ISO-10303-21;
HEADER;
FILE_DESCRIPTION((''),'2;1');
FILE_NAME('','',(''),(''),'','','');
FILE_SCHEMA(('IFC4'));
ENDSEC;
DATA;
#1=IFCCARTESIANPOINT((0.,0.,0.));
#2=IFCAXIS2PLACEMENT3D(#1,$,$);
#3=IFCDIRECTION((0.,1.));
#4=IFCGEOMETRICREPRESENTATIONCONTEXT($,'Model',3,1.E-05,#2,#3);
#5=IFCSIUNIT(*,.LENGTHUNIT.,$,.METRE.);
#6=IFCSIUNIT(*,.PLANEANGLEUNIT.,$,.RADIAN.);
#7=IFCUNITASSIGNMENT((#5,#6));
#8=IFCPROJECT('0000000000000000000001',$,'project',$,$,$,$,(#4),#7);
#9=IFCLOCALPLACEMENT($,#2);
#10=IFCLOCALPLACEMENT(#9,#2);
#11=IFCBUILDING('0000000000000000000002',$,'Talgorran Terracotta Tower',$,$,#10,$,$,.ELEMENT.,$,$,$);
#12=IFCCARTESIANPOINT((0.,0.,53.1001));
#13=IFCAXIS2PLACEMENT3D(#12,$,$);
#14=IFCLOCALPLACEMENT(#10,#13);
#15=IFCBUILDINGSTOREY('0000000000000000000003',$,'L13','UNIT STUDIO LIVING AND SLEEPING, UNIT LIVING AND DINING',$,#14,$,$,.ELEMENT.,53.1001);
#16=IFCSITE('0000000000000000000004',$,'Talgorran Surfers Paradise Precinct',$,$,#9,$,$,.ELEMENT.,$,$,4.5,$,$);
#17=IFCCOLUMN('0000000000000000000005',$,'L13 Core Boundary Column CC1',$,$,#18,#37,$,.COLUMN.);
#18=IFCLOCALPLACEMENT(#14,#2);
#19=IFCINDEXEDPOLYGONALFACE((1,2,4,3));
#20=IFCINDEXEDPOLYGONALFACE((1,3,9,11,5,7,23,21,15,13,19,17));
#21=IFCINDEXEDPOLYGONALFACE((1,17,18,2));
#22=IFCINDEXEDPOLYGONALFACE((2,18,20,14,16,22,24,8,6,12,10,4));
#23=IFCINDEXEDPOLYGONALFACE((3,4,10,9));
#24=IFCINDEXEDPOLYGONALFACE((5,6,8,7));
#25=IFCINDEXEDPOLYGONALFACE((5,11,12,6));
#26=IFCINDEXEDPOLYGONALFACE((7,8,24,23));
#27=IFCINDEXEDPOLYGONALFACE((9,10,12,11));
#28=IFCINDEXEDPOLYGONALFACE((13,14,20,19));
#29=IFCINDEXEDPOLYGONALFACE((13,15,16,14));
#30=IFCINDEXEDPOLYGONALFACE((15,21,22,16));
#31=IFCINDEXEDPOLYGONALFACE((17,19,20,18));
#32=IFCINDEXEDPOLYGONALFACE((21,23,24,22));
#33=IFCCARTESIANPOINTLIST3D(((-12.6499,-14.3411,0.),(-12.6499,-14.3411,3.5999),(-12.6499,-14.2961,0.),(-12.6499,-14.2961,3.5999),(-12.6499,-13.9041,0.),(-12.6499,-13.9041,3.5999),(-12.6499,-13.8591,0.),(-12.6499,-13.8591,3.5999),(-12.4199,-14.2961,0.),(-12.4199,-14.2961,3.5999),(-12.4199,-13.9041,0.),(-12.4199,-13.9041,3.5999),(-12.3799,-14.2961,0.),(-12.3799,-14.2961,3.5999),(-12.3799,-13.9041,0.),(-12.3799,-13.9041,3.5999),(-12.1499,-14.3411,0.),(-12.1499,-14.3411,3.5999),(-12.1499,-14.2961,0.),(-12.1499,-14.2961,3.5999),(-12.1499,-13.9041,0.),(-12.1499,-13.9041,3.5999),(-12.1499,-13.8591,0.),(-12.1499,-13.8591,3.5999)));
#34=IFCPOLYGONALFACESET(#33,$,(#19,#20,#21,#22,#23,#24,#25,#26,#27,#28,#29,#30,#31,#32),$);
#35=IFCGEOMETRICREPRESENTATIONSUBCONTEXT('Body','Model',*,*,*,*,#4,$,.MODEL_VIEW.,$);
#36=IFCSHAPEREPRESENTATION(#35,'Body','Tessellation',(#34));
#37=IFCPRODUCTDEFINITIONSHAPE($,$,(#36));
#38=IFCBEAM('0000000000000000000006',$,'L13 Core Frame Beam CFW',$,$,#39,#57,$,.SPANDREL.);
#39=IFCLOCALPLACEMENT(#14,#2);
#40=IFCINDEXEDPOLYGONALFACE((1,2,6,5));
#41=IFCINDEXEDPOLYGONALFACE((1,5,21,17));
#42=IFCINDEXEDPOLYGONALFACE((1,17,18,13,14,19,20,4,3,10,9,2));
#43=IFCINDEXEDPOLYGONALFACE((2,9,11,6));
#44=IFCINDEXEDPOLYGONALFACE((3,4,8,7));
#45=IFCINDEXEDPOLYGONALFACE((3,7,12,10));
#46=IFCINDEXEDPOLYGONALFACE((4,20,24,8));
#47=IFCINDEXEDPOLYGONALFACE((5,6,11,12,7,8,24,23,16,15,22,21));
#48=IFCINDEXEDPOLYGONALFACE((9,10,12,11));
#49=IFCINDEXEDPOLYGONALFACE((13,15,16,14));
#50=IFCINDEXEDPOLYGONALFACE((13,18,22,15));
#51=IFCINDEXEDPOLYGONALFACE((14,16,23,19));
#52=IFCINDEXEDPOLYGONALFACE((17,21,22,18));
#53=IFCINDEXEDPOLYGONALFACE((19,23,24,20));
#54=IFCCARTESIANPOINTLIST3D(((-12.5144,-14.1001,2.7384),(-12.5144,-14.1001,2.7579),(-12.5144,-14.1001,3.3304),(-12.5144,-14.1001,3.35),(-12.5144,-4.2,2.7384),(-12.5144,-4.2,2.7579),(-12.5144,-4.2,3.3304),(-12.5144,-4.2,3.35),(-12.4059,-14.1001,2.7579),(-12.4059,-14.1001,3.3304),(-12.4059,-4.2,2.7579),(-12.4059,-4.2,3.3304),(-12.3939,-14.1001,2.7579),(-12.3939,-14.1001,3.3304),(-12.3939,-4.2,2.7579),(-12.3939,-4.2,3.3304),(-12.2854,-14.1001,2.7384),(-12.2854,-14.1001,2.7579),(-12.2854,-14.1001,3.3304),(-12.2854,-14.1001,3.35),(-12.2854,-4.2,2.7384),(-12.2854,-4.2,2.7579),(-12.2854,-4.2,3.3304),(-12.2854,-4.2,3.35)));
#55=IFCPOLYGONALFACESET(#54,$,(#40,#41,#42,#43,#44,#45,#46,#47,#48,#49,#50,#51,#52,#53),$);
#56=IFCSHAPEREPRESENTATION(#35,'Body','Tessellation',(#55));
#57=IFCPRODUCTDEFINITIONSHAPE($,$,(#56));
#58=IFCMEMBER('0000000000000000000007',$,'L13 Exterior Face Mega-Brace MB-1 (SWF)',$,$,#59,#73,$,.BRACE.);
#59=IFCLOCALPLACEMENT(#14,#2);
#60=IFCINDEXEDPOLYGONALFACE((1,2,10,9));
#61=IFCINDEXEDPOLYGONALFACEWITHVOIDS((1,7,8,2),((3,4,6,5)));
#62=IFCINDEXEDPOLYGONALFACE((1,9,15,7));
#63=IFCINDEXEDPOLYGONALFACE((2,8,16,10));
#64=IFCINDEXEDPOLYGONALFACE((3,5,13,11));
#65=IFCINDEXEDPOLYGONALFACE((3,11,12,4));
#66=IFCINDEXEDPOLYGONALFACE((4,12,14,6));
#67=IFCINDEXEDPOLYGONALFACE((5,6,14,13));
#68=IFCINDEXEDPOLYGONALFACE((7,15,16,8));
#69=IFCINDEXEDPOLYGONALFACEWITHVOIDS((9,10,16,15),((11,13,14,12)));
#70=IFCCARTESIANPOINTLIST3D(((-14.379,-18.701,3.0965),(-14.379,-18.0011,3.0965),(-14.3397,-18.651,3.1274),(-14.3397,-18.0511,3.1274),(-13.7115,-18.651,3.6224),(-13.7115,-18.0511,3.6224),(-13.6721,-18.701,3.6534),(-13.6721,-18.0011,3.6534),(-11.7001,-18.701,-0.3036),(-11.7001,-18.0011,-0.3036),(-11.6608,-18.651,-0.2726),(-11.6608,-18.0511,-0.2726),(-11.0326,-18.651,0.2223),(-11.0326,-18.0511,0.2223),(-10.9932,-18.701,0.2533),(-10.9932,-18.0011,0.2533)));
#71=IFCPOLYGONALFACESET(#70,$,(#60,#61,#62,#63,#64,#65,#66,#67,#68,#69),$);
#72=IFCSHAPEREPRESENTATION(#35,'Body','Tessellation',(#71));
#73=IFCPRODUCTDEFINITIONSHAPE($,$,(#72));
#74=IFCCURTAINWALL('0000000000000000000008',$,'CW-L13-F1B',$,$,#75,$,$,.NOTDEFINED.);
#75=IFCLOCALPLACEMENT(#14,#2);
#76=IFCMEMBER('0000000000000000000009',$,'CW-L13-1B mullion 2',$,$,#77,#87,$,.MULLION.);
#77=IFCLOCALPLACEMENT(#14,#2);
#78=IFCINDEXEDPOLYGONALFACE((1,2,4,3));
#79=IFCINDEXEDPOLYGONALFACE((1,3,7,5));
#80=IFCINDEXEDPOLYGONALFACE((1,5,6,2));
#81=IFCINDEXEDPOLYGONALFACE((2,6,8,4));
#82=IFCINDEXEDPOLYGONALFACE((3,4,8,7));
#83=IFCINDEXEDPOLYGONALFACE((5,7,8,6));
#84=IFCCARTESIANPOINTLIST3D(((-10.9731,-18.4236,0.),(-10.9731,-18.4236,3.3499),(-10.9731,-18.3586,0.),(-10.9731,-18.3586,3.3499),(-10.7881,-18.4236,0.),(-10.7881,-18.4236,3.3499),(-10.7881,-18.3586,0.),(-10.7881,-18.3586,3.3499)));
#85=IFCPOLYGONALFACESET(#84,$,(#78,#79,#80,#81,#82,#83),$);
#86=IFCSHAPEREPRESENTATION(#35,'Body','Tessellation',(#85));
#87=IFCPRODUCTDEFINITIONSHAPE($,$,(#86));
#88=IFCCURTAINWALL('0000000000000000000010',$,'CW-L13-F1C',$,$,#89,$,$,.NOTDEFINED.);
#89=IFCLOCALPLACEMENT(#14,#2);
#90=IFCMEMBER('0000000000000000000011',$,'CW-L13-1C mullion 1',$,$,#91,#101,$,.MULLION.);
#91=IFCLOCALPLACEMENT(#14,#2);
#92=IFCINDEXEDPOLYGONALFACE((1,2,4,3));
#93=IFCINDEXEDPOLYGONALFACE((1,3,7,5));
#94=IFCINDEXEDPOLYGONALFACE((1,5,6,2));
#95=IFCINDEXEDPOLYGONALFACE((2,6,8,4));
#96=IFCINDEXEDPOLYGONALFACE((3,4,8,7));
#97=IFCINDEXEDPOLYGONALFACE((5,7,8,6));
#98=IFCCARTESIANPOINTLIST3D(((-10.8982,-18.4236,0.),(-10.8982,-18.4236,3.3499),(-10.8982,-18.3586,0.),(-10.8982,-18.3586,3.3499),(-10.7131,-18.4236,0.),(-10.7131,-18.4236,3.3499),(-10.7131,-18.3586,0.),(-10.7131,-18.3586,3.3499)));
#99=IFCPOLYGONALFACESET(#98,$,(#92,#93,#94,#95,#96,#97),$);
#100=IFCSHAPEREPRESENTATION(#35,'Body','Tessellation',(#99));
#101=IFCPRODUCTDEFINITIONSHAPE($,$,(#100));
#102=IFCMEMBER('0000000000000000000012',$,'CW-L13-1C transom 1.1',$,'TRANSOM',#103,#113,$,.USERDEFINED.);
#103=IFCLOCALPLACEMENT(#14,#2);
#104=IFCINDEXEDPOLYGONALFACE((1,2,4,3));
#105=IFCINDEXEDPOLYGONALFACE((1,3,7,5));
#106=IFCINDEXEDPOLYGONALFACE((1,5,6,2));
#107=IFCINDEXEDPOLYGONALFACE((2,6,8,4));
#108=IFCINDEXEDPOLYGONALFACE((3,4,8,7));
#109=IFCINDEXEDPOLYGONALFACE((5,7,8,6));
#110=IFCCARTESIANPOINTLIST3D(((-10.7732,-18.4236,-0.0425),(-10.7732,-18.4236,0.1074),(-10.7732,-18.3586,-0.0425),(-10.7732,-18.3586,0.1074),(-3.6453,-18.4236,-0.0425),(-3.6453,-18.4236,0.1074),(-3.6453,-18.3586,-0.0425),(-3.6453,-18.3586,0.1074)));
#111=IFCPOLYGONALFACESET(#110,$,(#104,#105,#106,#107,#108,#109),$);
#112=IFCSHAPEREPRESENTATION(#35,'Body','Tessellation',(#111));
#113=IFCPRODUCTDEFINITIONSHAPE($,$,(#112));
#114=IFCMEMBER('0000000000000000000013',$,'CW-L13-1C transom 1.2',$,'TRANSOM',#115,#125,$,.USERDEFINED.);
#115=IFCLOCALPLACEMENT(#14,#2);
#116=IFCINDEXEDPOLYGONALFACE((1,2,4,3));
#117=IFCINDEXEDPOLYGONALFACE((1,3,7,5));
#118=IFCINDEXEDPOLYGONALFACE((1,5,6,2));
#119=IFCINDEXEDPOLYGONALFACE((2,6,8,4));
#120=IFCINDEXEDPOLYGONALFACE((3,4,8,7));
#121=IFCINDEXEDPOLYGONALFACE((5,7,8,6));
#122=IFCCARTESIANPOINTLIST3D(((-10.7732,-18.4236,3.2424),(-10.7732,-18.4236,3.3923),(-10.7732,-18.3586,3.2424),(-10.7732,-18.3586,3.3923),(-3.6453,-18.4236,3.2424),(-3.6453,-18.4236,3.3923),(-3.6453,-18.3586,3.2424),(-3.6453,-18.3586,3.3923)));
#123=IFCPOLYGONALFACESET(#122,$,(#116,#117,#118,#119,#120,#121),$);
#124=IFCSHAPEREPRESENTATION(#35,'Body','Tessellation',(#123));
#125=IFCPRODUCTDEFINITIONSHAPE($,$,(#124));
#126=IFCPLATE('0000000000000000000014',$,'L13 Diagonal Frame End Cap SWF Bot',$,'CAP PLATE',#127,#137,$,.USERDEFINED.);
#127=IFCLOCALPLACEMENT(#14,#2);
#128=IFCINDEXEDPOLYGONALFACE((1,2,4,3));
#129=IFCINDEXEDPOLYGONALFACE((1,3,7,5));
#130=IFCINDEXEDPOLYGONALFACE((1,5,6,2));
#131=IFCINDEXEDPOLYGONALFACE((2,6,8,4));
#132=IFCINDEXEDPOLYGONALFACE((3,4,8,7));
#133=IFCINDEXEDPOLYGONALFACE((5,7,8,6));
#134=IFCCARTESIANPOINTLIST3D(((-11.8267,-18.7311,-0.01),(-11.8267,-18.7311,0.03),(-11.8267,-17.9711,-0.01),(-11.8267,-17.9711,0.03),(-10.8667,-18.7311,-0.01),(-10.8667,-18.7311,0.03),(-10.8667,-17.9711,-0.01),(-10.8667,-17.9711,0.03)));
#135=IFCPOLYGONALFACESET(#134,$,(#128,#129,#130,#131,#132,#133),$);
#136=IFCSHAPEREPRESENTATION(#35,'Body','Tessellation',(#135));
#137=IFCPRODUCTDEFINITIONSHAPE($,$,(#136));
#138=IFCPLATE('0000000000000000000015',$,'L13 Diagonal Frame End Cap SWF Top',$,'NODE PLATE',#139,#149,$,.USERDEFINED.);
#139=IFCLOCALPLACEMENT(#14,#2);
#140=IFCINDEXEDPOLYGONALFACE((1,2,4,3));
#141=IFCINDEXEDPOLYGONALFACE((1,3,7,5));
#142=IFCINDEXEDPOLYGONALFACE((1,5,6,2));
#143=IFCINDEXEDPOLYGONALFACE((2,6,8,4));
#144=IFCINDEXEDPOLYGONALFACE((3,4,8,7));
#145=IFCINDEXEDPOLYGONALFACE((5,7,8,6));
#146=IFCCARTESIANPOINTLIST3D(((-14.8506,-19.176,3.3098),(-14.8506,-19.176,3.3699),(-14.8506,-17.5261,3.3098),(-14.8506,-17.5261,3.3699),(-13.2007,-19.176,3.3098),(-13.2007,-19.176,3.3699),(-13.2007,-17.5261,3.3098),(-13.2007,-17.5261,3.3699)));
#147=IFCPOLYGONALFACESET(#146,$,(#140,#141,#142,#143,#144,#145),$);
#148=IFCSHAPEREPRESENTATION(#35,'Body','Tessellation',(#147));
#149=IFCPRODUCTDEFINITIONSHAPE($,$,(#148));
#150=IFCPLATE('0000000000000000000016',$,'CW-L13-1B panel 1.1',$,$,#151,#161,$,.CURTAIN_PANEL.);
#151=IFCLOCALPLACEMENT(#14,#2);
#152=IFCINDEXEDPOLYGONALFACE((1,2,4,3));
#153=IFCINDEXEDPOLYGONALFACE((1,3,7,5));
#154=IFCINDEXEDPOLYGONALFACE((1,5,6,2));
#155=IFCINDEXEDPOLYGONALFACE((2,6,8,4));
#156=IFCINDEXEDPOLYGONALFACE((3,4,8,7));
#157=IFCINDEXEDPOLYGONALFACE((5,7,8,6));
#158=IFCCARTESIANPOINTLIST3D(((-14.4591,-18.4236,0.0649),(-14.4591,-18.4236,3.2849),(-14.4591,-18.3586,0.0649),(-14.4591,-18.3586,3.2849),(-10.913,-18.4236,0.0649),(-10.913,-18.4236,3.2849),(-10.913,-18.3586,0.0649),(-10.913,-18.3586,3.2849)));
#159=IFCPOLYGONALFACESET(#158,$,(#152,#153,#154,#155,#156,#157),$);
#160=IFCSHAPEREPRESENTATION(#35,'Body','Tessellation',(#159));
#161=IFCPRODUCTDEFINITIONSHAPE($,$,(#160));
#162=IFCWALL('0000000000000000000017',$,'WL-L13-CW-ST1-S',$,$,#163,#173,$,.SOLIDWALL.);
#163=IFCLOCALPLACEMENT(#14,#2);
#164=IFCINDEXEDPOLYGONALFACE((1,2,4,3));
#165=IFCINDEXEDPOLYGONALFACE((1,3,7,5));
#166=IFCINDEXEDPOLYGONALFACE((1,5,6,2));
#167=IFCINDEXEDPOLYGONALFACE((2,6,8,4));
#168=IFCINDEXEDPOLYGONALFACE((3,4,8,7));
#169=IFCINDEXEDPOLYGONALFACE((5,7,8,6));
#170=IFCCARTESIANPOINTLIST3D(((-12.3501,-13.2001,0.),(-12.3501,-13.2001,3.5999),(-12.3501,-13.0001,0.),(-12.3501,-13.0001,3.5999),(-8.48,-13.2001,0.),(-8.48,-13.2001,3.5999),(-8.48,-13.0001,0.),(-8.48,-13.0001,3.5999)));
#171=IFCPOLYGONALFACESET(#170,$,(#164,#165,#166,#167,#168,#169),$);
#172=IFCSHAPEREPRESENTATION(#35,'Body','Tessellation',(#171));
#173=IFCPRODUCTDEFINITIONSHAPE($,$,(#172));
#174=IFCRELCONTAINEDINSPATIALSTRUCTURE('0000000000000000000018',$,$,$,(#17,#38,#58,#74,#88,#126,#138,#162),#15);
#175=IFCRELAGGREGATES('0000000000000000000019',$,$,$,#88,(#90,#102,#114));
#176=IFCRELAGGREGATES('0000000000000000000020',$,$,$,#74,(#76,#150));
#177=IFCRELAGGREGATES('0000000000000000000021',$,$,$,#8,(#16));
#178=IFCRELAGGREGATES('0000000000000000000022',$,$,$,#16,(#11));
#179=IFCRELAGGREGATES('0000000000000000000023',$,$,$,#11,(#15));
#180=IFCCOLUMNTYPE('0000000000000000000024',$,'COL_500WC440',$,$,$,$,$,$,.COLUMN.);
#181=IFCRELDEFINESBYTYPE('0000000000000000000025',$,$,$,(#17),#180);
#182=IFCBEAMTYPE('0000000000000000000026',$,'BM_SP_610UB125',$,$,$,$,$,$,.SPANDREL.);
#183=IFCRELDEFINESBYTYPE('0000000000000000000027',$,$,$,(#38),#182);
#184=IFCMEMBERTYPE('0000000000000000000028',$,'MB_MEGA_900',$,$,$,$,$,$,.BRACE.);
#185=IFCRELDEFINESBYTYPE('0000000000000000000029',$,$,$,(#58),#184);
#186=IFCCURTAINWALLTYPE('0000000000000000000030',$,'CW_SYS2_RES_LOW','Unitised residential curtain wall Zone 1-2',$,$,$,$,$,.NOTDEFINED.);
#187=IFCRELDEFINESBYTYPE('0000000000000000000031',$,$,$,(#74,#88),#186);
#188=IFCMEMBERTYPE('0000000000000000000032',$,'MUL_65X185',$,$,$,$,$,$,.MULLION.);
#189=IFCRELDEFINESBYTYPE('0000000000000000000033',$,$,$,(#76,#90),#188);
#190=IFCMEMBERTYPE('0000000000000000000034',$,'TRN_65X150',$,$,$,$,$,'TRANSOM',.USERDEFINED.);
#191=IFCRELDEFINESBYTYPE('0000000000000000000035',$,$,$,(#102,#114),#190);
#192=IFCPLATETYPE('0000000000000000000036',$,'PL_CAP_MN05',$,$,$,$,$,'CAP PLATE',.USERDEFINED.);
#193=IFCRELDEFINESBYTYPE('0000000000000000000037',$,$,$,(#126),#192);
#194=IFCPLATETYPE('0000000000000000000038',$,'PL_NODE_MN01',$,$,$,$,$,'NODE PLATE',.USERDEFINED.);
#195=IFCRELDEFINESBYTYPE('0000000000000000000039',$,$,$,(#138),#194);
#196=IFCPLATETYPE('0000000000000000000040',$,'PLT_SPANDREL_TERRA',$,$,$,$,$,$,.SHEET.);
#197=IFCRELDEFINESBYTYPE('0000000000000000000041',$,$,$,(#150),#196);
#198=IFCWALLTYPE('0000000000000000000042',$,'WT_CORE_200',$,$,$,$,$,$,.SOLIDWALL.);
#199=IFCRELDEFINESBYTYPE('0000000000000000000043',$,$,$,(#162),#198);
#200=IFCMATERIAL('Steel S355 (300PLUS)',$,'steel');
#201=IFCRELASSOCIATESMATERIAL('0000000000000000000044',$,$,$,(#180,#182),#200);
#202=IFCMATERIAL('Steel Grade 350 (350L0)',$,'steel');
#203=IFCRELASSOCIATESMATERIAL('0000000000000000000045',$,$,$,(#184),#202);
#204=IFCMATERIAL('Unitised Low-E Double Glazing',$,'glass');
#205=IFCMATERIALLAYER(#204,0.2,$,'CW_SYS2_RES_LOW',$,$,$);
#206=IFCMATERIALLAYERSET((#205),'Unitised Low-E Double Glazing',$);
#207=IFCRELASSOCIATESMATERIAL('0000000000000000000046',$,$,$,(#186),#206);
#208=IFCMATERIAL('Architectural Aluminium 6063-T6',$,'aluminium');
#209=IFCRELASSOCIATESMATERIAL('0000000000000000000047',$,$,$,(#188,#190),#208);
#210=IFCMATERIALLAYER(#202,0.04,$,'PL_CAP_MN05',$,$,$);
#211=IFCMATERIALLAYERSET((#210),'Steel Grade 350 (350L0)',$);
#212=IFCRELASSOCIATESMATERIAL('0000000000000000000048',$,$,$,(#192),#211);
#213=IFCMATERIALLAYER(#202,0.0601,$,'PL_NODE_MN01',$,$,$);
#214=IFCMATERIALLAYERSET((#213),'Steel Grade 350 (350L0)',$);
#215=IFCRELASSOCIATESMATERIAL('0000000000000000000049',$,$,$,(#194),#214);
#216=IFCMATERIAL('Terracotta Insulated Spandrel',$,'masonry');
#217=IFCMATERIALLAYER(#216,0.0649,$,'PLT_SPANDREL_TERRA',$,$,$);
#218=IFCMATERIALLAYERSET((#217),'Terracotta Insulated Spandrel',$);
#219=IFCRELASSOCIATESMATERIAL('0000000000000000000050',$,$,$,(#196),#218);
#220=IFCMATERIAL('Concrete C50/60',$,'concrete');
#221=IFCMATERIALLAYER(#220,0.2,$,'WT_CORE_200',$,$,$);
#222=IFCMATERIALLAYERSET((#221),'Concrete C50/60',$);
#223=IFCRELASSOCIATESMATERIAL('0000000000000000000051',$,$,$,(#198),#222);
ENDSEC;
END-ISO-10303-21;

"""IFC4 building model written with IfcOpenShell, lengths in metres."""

from ifc_helpers import new_model, si_unit, direction, frame, frame_2d, origin, origin_2d, place, context, subcontext, project, spatial, rectangle, hollow_rectangle, i_section, extrude, source, transform, mapped, material, layer, layer_set, material_profile, profile_set, type_object, type_shapes, element, aggregate, save


model = new_model("IFC4")

# Units and contexts
model_context = context("Model", 3, precision=1e-05, world=origin(), true_north=direction((0.0, 1.0)))
body_context = subcontext(model_context, "Body", "Model", "MODEL_VIEW")
ifc_project = project(units=[si_unit("LENGTHUNIT", "METRE"), si_unit("PLANEANGLEUNIT", "RADIAN")], contexts=[model_context])

# Site, building, storey
site_placement = place(None, origin())
site = spatial("IfcSite", under=ifc_project, at=site_placement, Name="Talgorran Surfers Paradise Precinct", CompositionType="ELEMENT", RefElevation=4.5)
building_placement = place(site_placement, origin())
building = spatial("IfcBuilding", under=site, at=building_placement, Name="Talgorran Terracotta Tower", CompositionType="ELEMENT")
storey_placement = place(building_placement, frame((0.0, 0.0, 53.1001)))
storey = spatial("IfcBuildingStorey", under=building, at=storey_placement, Name="L13", Description="UNIT STUDIO LIVING AND SLEEPING, UNIT LIVING AND DINING", CompositionType="ELEMENT", Elevation=53.1001)

# Column
ifc_material_1 = material(Name="Steel S355 (300PLUS)", Category="steel")
ifc_material_profile_1 = material_profile(ifc_material_1, i_section(OverallWidth=0.5, OverallDepth=0.4819, WebThickness=0.04, FlangeThickness=0.0449, at=origin_2d()), Name="500WC440")
ifc_profile_set_1 = profile_set([ifc_material_profile_1], Name="Steel S355 (300PLUS)")
column_type = type_object("IfcColumnType", Name="COL_500WC440", PredefinedType="COLUMN", material=ifc_profile_set_1)
column_placement = place(storey_placement, frame((-12.3999, -14.1001, 0.0), z_axis=(0.0, 0.0, 1.0), x_axis=(1.0, 0.0, 0.0)))
element("IfcColumn", 1, at=column_placement, inside=storey, type_object=column_type, Name="L13 Core Boundary Column CC1", PredefinedType="COLUMN", context=body_context, shape_type="SweptSolid", body=[
    extrude(i_section(OverallWidth=0.5, OverallDepth=0.4819, WebThickness=0.04, FlangeThickness=0.0449, at=origin_2d()), origin(), (0.0, 0.0, 1.0), 3.5999),
])

# Beam
ifc_material_profile_2 = material_profile(ifc_material_1, i_section(OverallWidth=0.229, OverallDepth=0.6116, WebThickness=0.012, FlangeThickness=0.0195, at=origin_2d()), Name="610UB125")
ifc_profile_set_2 = profile_set([ifc_material_profile_2], Name="Steel S355 (300PLUS)")
beam_type = type_object("IfcBeamType", Name="BM_SP_610UB125", PredefinedType="SPANDREL", material=ifc_profile_set_2)
beam_placement = place(storey_placement, frame((-12.3999, -14.1001, 3.0442), z_axis=(0.0, 1.0, 0.0), x_axis=(-1.0, 0.0, 0.0)))
element("IfcBeam", 2, at=beam_placement, inside=storey, type_object=beam_type, Name="L13 Core Frame Beam CFW", PredefinedType="SPANDREL", context=body_context, shape_type="SweptSolid", body=[
    extrude(i_section(OverallWidth=0.229, OverallDepth=0.6116, WebThickness=0.012, FlangeThickness=0.0195, at=origin_2d()), origin(), (0.0, 0.0, 1.0), 9.9001),
])

# Member
ifc_material_2 = material(Name="Steel Grade 350 (350L0)", Category="steel")
ifc_material_profile_3 = material_profile(ifc_material_2, hollow_rectangle(XDim=0.7, YDim=0.8999, WallThickness=0.05, at=origin_2d()), Name="WBOX900X700X50")
ifc_profile_set_3 = profile_set([ifc_material_profile_3], Name="Steel Grade 350 (350L0)")
member_type_1 = type_object("IfcMemberType", Name="MB_MEGA_900", PredefinedType="BRACE", material=ifc_profile_set_3)
member_1_placement = place(storey_placement, frame((-11.3467, -18.3511, -0.0251), z_axis=(-0.61888, 0.0, 0.785486), x_axis=(0.0, -1.0, 0.0)))
element("IfcMember", 3, at=member_1_placement, inside=storey, type_object=member_type_1, Name="L13 Exterior Face Mega-Brace MB-1 (SWF)", PredefinedType="BRACE", context=body_context, shape_type="SweptSolid", body=[
    extrude(hollow_rectangle(XDim=0.7, YDim=0.8999, WallThickness=0.05, at=origin_2d()), origin(), (0.0, 0.0, 1.0), 4.3286),
])

# Curtain wall, member
ifc_material_3 = material(Name="Unitised Low-E Double Glazing", Category="glass")
ifc_layer_1 = layer(ifc_material_3, 0.2, Name="CW_SYS2_RES_LOW")
ifc_layer_set_1 = layer_set([ifc_layer_1], Name="Unitised Low-E Double Glazing")
curtain_wall_type = type_object("IfcCurtainWallType", Name="CW_SYS2_RES_LOW", Description="Unitised residential curtain wall Zone 1-2", PredefinedType="NOTDEFINED", material=ifc_layer_set_1)
curtain_wall_1_placement = place(storey_placement, origin())
curtain_wall_1 = element("IfcCurtainWall", 4, at=curtain_wall_1_placement, inside=storey, type_object=curtain_wall_type, Name="CW-L13-F1B", PredefinedType="NOTDEFINED")
ifc_material_4 = material(Name="Architectural Aluminium 6063-T6", Category="aluminium")
ifc_material_profile_4 = material_profile(ifc_material_4, rectangle(XDim=0.0649, YDim=0.1851, at=origin_2d()), Name="CWM65X185")
ifc_profile_set_4 = profile_set([ifc_material_profile_4], Name="Architectural Aluminium 6063-T6")
member_type_2 = type_object("IfcMemberType", Name="MUL_65X185", PredefinedType="MULLION", material=ifc_profile_set_4)
member_2_placement = place(storey_placement, frame((-10.8806, -18.3911, 0.0), z_axis=(0.0, 0.0, 1.0), x_axis=(0.0, 1.0, 0.0)))
member_2 = element("IfcMember", 5, at=member_2_placement, type_object=member_type_2, Name="CW-L13-1B mullion 2", PredefinedType="MULLION", context=body_context, shape_type="SweptSolid", body=[
    extrude(rectangle(XDim=0.0649, YDim=0.1851, at=origin_2d()), origin(), (0.0, 0.0, 1.0), 3.3499),
])

# Curtain wall, members
curtain_wall_2_placement = place(storey_placement, origin())
curtain_wall_2 = element("IfcCurtainWall", 6, at=curtain_wall_2_placement, inside=storey, type_object=curtain_wall_type, Name="CW-L13-F1C", PredefinedType="NOTDEFINED")
member_3_placement = place(storey_placement, frame((-10.8057, -18.3911, 0.0), z_axis=(0.0, 0.0, 1.0), x_axis=(0.0, 1.0, 0.0)))
member_3 = element("IfcMember", 7, at=member_3_placement, type_object=member_type_2, Name="CW-L13-1C mullion 1", PredefinedType="MULLION", context=body_context, shape_type="SweptSolid", body=[
    extrude(rectangle(XDim=0.0649, YDim=0.1851, at=origin_2d()), origin(), (0.0, 0.0, 1.0), 3.3499),
])
ifc_material_profile_5 = material_profile(ifc_material_4, rectangle(XDim=0.0649, YDim=0.1499, at=origin_2d()), Name="CWT65X150")
ifc_profile_set_5 = profile_set([ifc_material_profile_5], Name="Architectural Aluminium 6063-T6")
member_type_3 = type_object("IfcMemberType", Name="TRN_65X150", ElementType="TRANSOM", PredefinedType="USERDEFINED", material=ifc_profile_set_5)
member_4_placement = place(storey_placement, frame((-10.7732, -18.3911, 0.0325), z_axis=(1.0, 0.0, 0.0), x_axis=(0.0, 1.0, 0.0)))
member_4 = element("IfcMember", 8, at=member_4_placement, type_object=member_type_3, Name="CW-L13-1C transom 1.1", ObjectType="TRANSOM", PredefinedType="USERDEFINED", context=body_context, shape_type="SweptSolid", body=[
    extrude(rectangle(XDim=0.0649, YDim=0.1499, at=origin_2d()), origin(), (0.0, 0.0, 1.0), 7.1279),
])
member_5_placement = place(storey_placement, frame((-10.7732, -18.3911, 3.3174), z_axis=(1.0, 0.0, 0.0), x_axis=(0.0, 1.0, 0.0)))
member_5 = element("IfcMember", 9, at=member_5_placement, type_object=member_type_3, Name="CW-L13-1C transom 1.2", ObjectType="TRANSOM", PredefinedType="USERDEFINED", context=body_context, shape_type="SweptSolid", body=[
    extrude(rectangle(XDim=0.0649, YDim=0.1499, at=origin_2d()), origin(), (0.0, 0.0, 1.0), 7.1279),
])
aggregate(curtain_wall_2, [member_3, member_4, member_5])

# Plates
ifc_layer_2 = layer(ifc_material_2, 0.04, Name="PL_CAP_MN05")
ifc_layer_set_2 = layer_set([ifc_layer_2], Name="Steel Grade 350 (350L0)")
plate_type_1 = type_object("IfcPlateType", Name="PL_CAP_MN05", ElementType="CAP PLATE", PredefinedType="USERDEFINED", material=ifc_layer_set_2)
plate_1_placement = place(storey_placement, frame((-11.3467, -18.3511, -0.01), z_axis=(0.0, 0.0, 1.0), x_axis=(-1.0, 0.0, 0.0)))
element("IfcPlate", 10, at=plate_1_placement, inside=storey, type_object=plate_type_1, Name="L13 Diagonal Frame End Cap SWF Bot", ObjectType="CAP PLATE", PredefinedType="USERDEFINED", context=body_context, shape_type="SweptSolid", body=[
    extrude(rectangle(XDim=0.96, YDim=0.76, at=origin_2d()), origin(), (0.0, 0.0, 1.0), 0.04),
])
ifc_layer_3 = layer(ifc_material_2, 0.0601, Name="PL_NODE_MN01")
ifc_layer_set_3 = layer_set([ifc_layer_3], Name="Steel Grade 350 (350L0)")
plate_type_2 = type_object("IfcPlateType", Name="PL_NODE_MN01", ElementType="NODE PLATE", PredefinedType="USERDEFINED", material=ifc_layer_set_3)
plate_2_placement = place(storey_placement, frame((-14.0256, -18.3511, 3.3098), z_axis=(0.0, 0.0, 1.0), x_axis=(-1.0, 0.0, 0.0)))
element("IfcPlate", 11, at=plate_2_placement, inside=storey, type_object=plate_type_2, Name="L13 Diagonal Frame End Cap SWF Top", ObjectType="NODE PLATE", PredefinedType="USERDEFINED", context=body_context, shape_type="SweptSolid", body=[
    extrude(rectangle(XDim=1.6499, YDim=1.6499, at=origin_2d()), origin(), (0.0, 0.0, 1.0), 0.0601),
])

# Plate
ifc_material_5 = material(Name="Terracotta Insulated Spandrel", Category="masonry")
ifc_layer_4 = layer(ifc_material_5, 0.0649, Name="PLT_SPANDREL_TERRA")
ifc_layer_set_4 = layer_set([ifc_layer_4], Name="Terracotta Insulated Spandrel")
plate_type_3 = type_object("IfcPlateType", Name="PLT_SPANDREL_TERRA", PredefinedType="SHEET", material=ifc_layer_set_4)
shared_shape = source(origin(), body_context, "Body", "SweptSolid", [
    extrude(rectangle(XDim=3.5461, YDim=0.0649, at=origin_2d()), origin(), (0.0, 0.0, 1.0), 3.22),
])
type_shapes(plate_type_3, [shared_shape])
plate_3_placement = place(storey_placement, frame((-12.686, -18.3911, 0.0649), z_axis=(0.0, 0.0, 1.0), x_axis=(1.0, 0.0, 0.0)))
plate_3 = element("IfcPlate", 12, at=plate_3_placement, type_object=plate_type_3, Name="CW-L13-1B panel 1.1", PredefinedType="CURTAIN_PANEL", context=body_context, shape_type="MappedRepresentation", body=[
    mapped(shared_shape, transform((0.0, 0.0, 0.0), scale=1.0)),
])
aggregate(curtain_wall_1, [member_2, plate_3])

# Wall
ifc_material_6 = material(Name="Concrete C50/60", Category="concrete")
ifc_layer_5 = layer(ifc_material_6, 0.2, Name="WT_CORE_200")
ifc_layer_set_5 = layer_set([ifc_layer_5], Name="Concrete C50/60")
wall_type_1 = type_object("IfcWallType", Name="WT_CORE_200", PredefinedType="SOLIDWALL", material=ifc_layer_set_5)
wall_1_placement = place(storey_placement, frame((-12.3501, -13.1001, 0.0), z_axis=(0.0, 0.0, 1.0), x_axis=(1.0, 0.0, 0.0)))
element("IfcWall", 13, at=wall_1_placement, inside=storey, type_object=wall_type_1, Name="WL-L13-CW-ST1-S", PredefinedType="SOLIDWALL", context=body_context, shape_type="SweptSolid", body=[
    extrude(rectangle(XDim=3.8701, YDim=0.2, at=frame_2d((1.9351, 0.0))), origin(), (0.0, 0.0, 1.0), 3.5999),
])

save(model, "model.ifc")
